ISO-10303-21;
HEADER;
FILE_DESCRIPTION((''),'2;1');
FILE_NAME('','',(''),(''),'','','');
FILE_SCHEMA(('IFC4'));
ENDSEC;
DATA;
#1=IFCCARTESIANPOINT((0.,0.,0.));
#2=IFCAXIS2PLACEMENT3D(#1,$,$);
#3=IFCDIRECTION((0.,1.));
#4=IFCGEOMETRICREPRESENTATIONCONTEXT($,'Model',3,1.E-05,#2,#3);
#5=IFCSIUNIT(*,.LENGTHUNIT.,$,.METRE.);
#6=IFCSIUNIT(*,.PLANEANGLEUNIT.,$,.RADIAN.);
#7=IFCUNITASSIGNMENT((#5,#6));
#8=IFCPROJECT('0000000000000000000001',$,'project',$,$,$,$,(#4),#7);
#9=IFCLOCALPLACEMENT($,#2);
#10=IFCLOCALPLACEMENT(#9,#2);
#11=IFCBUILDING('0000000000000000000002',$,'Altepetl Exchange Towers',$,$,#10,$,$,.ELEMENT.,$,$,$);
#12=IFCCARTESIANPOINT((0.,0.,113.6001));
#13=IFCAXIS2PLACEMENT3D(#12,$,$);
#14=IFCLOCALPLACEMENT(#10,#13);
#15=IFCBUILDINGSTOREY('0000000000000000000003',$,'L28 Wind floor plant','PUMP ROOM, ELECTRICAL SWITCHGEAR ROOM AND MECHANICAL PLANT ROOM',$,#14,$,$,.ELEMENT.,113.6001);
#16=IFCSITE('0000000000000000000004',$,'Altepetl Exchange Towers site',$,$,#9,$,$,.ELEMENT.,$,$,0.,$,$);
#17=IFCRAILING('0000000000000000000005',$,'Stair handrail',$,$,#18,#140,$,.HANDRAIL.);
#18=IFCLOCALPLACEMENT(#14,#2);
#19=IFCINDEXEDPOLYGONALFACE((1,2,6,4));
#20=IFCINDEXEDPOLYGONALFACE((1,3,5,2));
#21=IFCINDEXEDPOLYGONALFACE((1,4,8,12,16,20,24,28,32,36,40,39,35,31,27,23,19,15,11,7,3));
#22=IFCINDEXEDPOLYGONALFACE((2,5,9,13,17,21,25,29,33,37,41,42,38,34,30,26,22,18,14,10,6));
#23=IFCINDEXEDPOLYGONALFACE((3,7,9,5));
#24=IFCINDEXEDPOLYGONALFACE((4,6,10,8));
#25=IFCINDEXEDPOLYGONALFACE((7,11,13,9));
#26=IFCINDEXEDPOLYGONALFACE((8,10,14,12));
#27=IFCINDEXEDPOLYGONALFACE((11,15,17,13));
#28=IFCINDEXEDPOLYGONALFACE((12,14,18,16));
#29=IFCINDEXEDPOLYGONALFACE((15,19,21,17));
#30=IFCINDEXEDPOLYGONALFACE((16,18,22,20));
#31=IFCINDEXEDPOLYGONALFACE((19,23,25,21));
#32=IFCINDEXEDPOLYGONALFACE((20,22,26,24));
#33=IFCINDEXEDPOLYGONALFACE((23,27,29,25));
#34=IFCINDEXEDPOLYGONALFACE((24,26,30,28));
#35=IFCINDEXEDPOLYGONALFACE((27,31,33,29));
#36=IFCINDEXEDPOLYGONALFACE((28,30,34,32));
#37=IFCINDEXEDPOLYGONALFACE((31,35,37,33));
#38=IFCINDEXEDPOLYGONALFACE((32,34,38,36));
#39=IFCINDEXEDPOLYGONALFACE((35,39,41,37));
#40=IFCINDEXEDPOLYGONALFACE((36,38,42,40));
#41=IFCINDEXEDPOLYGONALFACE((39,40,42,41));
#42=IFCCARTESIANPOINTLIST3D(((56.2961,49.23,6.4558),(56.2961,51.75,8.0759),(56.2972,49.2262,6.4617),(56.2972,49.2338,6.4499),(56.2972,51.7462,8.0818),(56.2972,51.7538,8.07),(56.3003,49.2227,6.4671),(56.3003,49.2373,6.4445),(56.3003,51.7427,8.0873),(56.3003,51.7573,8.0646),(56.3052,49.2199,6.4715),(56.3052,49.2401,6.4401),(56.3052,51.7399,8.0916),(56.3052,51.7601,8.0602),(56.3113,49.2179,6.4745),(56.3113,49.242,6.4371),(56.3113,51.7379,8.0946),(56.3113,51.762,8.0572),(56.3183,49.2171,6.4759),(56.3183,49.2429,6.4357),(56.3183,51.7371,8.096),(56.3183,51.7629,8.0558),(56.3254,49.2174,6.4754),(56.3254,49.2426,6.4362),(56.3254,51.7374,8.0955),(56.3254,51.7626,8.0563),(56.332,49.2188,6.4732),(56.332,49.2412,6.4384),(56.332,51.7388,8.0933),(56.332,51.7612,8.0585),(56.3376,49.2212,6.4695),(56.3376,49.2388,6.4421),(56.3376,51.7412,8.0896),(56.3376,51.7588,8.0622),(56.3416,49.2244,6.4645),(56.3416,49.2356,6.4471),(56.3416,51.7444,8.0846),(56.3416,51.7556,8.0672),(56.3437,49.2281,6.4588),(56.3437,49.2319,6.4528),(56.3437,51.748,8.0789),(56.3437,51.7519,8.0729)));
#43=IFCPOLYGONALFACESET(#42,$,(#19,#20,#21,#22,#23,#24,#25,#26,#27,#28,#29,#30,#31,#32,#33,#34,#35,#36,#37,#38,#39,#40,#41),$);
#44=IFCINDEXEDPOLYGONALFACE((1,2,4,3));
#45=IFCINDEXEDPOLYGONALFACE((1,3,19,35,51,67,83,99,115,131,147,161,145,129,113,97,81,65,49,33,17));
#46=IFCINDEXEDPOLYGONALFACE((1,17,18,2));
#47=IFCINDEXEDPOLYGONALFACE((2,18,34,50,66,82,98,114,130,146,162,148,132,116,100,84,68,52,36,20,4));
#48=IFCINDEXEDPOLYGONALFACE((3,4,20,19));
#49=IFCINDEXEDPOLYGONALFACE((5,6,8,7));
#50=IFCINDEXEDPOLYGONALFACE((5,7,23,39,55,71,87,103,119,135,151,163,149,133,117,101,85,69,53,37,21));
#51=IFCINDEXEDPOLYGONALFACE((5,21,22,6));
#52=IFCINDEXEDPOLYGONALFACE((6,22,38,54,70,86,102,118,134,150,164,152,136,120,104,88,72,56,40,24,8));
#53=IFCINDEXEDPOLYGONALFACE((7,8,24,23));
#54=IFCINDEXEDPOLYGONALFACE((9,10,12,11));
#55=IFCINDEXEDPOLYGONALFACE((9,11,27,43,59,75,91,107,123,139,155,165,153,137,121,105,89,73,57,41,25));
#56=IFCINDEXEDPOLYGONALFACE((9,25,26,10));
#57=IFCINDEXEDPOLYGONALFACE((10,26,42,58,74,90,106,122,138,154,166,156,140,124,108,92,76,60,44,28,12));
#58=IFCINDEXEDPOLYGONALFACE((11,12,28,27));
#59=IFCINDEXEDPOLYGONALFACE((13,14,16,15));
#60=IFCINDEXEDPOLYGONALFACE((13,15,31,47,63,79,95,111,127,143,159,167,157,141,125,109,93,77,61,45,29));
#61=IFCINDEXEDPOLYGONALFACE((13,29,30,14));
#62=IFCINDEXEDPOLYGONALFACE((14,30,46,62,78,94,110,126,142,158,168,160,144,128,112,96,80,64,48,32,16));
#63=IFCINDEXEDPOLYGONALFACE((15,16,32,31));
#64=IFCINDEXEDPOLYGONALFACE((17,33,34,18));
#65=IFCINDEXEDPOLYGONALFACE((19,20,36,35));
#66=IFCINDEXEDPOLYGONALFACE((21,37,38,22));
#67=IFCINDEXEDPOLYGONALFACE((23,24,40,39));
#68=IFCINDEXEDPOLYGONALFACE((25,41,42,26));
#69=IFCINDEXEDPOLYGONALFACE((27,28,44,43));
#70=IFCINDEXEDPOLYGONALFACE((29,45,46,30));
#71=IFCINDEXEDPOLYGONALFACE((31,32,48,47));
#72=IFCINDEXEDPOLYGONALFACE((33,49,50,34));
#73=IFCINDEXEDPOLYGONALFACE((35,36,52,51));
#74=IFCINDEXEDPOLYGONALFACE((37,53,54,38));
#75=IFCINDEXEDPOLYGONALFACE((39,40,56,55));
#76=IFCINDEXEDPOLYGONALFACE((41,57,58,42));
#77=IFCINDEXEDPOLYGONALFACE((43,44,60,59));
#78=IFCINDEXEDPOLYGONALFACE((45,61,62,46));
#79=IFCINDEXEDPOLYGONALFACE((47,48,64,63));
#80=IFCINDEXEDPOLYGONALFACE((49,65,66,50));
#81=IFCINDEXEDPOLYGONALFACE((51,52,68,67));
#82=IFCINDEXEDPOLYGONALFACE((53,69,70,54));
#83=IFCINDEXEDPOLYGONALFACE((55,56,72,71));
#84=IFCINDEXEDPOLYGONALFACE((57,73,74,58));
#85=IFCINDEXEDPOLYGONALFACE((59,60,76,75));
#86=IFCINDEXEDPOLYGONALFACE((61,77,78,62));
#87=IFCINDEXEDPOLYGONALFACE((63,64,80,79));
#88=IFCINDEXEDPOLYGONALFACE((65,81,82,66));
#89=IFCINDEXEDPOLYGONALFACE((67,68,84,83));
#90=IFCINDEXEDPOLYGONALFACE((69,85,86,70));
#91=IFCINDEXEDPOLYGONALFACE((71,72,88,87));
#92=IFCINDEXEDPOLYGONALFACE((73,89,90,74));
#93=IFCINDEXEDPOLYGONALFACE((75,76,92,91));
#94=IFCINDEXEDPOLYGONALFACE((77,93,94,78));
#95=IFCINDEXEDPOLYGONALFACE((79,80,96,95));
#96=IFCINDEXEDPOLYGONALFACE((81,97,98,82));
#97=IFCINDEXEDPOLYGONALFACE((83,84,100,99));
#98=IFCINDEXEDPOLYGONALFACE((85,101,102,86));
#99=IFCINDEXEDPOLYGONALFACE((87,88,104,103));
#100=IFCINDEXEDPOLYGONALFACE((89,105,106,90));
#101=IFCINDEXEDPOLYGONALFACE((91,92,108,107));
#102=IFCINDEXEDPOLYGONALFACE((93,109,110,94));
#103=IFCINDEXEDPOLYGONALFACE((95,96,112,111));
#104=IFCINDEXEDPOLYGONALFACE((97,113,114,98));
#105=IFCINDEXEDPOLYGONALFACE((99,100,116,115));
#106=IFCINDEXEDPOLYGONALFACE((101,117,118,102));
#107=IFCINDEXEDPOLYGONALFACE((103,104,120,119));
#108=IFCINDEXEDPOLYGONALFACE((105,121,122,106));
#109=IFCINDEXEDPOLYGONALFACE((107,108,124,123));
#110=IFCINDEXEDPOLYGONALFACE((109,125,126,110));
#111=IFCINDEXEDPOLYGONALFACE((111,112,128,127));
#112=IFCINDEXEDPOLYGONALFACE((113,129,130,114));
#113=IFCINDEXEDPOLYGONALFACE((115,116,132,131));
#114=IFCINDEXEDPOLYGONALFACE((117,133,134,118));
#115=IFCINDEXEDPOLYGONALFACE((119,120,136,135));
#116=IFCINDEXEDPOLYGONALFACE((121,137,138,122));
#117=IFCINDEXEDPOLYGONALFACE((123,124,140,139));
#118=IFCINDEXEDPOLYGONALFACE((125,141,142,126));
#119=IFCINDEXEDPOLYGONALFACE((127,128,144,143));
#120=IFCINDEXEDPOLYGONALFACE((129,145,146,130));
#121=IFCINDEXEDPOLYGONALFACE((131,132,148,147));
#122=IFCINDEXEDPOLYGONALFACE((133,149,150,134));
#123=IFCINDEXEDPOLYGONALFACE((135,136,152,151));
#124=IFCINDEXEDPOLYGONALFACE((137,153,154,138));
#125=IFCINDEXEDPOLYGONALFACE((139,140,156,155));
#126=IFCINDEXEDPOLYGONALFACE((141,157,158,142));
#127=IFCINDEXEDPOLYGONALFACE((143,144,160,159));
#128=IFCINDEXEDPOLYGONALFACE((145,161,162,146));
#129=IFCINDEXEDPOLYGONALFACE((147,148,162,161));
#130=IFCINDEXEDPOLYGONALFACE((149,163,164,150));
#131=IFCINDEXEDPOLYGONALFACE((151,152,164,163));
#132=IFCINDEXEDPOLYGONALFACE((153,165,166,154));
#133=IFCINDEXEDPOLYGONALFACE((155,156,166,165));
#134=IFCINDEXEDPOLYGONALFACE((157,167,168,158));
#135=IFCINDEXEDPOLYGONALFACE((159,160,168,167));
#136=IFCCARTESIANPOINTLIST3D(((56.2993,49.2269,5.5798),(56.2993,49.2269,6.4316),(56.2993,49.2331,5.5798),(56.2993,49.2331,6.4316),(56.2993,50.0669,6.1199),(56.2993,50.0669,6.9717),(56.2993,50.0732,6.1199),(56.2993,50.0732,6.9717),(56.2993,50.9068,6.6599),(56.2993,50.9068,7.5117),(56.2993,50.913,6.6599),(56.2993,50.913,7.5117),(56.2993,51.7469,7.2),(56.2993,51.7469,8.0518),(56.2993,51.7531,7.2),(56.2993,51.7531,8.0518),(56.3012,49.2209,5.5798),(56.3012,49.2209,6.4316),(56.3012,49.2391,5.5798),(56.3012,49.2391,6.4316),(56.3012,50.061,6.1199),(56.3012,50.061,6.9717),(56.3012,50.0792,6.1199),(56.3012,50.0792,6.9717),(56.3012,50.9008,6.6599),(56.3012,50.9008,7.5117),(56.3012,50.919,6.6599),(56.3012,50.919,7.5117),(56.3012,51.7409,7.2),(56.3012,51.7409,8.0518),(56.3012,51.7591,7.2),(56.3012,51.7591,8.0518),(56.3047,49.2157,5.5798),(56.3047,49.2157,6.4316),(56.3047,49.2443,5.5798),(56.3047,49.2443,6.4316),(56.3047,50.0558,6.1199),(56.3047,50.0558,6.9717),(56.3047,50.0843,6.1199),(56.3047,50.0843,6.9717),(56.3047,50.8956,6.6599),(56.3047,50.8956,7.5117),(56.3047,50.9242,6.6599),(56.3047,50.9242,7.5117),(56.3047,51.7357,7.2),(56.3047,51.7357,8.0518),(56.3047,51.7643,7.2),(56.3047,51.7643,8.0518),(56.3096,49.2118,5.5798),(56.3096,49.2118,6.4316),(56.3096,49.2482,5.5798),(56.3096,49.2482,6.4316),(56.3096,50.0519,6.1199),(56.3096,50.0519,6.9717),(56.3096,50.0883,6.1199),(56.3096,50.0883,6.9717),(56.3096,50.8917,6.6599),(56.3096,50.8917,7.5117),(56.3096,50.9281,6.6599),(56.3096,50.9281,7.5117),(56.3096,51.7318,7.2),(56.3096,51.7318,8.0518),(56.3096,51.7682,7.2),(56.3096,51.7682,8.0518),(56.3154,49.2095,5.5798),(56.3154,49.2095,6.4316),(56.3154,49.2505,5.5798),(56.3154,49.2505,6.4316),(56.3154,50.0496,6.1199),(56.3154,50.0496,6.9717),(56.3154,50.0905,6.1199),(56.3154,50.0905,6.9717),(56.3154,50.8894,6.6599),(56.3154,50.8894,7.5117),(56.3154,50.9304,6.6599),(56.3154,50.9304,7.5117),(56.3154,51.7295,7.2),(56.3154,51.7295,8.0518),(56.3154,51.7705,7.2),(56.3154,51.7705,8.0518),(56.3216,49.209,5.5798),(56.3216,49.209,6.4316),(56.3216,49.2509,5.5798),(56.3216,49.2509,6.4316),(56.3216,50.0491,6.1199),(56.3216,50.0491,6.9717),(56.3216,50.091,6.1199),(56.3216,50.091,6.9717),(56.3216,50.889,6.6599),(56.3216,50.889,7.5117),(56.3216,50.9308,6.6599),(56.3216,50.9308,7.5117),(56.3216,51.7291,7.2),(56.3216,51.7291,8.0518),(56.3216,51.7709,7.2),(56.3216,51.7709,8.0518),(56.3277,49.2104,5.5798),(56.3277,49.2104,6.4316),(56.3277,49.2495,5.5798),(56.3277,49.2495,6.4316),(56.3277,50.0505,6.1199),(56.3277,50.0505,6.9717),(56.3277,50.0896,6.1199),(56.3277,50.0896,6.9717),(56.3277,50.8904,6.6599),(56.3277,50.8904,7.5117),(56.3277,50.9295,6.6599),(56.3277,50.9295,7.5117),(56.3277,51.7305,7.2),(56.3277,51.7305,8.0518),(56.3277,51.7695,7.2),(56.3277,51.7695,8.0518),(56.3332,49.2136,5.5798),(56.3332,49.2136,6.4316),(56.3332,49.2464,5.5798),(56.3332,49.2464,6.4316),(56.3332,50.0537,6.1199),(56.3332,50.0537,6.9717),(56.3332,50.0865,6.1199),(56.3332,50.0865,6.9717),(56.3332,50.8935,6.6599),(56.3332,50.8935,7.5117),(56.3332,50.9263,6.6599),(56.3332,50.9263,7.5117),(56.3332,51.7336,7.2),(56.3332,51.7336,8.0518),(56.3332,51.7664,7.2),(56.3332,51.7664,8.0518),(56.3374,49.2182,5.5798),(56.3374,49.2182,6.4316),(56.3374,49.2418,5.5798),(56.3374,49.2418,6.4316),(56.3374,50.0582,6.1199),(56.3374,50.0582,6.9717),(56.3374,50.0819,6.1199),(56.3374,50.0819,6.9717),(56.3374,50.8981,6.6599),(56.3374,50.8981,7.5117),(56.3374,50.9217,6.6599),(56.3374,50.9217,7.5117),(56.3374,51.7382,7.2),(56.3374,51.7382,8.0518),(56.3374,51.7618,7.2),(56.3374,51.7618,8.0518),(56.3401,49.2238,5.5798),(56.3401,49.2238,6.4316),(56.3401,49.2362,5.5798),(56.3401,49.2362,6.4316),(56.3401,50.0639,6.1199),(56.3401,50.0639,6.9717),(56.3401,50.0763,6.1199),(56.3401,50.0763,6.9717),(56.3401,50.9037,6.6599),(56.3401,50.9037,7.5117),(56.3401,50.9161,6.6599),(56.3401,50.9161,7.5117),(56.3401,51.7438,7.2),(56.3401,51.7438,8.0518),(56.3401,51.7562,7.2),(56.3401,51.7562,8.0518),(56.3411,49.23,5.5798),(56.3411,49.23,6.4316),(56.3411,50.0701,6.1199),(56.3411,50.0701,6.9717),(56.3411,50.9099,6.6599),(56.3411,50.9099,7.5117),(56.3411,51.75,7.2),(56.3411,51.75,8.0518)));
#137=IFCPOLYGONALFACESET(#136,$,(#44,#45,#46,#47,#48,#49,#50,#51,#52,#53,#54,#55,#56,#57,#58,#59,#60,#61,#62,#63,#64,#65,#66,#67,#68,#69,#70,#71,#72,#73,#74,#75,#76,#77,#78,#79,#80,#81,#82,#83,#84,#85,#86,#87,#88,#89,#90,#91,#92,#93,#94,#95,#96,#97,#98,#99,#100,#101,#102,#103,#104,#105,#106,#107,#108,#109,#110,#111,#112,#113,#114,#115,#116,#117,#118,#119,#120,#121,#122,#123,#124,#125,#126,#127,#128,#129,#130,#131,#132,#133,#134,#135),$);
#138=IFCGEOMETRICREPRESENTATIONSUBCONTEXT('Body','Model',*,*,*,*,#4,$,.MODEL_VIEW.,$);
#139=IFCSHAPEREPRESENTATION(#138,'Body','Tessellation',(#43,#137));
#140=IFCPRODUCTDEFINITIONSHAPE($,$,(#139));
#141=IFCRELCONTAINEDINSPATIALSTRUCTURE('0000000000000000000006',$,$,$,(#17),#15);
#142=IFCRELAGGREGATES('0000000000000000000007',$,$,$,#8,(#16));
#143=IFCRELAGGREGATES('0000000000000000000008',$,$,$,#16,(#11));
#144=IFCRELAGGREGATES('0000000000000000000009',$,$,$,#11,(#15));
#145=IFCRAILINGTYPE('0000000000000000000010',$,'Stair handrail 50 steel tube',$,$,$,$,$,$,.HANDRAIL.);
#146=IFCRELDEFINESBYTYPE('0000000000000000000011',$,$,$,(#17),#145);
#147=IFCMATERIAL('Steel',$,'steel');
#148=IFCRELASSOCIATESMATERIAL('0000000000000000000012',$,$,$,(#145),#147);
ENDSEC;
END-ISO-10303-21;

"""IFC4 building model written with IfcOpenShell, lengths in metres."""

from ifc_helpers import new_model, si_unit, direction, frame, origin, origin_2d, place, context, subcontext, project, spatial, circle, extrude, source, transform, mapped, material, type_object, element, save


model = new_model("IFC4")

# Units and contexts
model_context = context("Model", 3, precision=1e-05, world=origin(), true_north=direction((0.0, 1.0)))
body_context = subcontext(model_context, "Body", "Model", "MODEL_VIEW")
ifc_project = project(units=[si_unit("LENGTHUNIT", "METRE"), si_unit("PLANEANGLEUNIT", "RADIAN")], contexts=[model_context])

# Site, building, storey
site_placement = place(None, origin())
site = spatial("IfcSite", under=ifc_project, at=site_placement, Name="Altepetl Exchange Towers site", CompositionType="ELEMENT", RefElevation=0.0)
building_placement = place(site_placement, origin())
building = spatial("IfcBuilding", under=site, at=building_placement, Name="Altepetl Exchange Towers", CompositionType="ELEMENT")
storey_placement = place(building_placement, frame((0.0, 0.0, 113.6001)))
storey = spatial("IfcBuildingStorey", under=building, at=storey_placement, Name="L28 Wind floor plant", Description="PUMP ROOM, ELECTRICAL SWITCHGEAR ROOM AND MECHANICAL PLANT ROOM", CompositionType="ELEMENT", Elevation=113.6001)

# Railing
ifc_material_1 = material(Name="Steel", Category="steel")
railing_type = type_object("IfcRailingType", Name="Stair handrail 50 steel tube", PredefinedType="HANDRAIL", material=ifc_material_1)
shared_shape = source(origin(), body_context, "Body", "SweptSolid", [
    extrude(circle(Radius=0.021, at=origin_2d()), origin(), (0.0, 0.0, 1.0), 0.8518),
])
railing_1_placement = place(storey_placement, frame((56.3201, 49.23, 5.5798)))
element("IfcRailing", 1, at=railing_1_placement, inside=storey, type_object=railing_type, Name="Stair handrail", PredefinedType="HANDRAIL", context=body_context, shape_type="SweptSolid", body=[
    extrude(circle(Radius=0.0239, at=origin_2d()), frame((0.0, 0.0, 0.876), z_axis=(0.0, 0.841163, 0.540782), x_axis=(-1.0, 0.0, 0.0)), (0.0, 0.0, 1.0), 2.9958),
    mapped(shared_shape, transform((0.0, 0.0, 0.0))),
    mapped(shared_shape, transform((0.0, 0.8401, 0.54))),
    mapped(shared_shape, transform((0.0, 1.6799, 1.0801))),
    mapped(shared_shape, transform((0.0, 2.52, 1.6201))),
])

save(model, "model.ifc")
